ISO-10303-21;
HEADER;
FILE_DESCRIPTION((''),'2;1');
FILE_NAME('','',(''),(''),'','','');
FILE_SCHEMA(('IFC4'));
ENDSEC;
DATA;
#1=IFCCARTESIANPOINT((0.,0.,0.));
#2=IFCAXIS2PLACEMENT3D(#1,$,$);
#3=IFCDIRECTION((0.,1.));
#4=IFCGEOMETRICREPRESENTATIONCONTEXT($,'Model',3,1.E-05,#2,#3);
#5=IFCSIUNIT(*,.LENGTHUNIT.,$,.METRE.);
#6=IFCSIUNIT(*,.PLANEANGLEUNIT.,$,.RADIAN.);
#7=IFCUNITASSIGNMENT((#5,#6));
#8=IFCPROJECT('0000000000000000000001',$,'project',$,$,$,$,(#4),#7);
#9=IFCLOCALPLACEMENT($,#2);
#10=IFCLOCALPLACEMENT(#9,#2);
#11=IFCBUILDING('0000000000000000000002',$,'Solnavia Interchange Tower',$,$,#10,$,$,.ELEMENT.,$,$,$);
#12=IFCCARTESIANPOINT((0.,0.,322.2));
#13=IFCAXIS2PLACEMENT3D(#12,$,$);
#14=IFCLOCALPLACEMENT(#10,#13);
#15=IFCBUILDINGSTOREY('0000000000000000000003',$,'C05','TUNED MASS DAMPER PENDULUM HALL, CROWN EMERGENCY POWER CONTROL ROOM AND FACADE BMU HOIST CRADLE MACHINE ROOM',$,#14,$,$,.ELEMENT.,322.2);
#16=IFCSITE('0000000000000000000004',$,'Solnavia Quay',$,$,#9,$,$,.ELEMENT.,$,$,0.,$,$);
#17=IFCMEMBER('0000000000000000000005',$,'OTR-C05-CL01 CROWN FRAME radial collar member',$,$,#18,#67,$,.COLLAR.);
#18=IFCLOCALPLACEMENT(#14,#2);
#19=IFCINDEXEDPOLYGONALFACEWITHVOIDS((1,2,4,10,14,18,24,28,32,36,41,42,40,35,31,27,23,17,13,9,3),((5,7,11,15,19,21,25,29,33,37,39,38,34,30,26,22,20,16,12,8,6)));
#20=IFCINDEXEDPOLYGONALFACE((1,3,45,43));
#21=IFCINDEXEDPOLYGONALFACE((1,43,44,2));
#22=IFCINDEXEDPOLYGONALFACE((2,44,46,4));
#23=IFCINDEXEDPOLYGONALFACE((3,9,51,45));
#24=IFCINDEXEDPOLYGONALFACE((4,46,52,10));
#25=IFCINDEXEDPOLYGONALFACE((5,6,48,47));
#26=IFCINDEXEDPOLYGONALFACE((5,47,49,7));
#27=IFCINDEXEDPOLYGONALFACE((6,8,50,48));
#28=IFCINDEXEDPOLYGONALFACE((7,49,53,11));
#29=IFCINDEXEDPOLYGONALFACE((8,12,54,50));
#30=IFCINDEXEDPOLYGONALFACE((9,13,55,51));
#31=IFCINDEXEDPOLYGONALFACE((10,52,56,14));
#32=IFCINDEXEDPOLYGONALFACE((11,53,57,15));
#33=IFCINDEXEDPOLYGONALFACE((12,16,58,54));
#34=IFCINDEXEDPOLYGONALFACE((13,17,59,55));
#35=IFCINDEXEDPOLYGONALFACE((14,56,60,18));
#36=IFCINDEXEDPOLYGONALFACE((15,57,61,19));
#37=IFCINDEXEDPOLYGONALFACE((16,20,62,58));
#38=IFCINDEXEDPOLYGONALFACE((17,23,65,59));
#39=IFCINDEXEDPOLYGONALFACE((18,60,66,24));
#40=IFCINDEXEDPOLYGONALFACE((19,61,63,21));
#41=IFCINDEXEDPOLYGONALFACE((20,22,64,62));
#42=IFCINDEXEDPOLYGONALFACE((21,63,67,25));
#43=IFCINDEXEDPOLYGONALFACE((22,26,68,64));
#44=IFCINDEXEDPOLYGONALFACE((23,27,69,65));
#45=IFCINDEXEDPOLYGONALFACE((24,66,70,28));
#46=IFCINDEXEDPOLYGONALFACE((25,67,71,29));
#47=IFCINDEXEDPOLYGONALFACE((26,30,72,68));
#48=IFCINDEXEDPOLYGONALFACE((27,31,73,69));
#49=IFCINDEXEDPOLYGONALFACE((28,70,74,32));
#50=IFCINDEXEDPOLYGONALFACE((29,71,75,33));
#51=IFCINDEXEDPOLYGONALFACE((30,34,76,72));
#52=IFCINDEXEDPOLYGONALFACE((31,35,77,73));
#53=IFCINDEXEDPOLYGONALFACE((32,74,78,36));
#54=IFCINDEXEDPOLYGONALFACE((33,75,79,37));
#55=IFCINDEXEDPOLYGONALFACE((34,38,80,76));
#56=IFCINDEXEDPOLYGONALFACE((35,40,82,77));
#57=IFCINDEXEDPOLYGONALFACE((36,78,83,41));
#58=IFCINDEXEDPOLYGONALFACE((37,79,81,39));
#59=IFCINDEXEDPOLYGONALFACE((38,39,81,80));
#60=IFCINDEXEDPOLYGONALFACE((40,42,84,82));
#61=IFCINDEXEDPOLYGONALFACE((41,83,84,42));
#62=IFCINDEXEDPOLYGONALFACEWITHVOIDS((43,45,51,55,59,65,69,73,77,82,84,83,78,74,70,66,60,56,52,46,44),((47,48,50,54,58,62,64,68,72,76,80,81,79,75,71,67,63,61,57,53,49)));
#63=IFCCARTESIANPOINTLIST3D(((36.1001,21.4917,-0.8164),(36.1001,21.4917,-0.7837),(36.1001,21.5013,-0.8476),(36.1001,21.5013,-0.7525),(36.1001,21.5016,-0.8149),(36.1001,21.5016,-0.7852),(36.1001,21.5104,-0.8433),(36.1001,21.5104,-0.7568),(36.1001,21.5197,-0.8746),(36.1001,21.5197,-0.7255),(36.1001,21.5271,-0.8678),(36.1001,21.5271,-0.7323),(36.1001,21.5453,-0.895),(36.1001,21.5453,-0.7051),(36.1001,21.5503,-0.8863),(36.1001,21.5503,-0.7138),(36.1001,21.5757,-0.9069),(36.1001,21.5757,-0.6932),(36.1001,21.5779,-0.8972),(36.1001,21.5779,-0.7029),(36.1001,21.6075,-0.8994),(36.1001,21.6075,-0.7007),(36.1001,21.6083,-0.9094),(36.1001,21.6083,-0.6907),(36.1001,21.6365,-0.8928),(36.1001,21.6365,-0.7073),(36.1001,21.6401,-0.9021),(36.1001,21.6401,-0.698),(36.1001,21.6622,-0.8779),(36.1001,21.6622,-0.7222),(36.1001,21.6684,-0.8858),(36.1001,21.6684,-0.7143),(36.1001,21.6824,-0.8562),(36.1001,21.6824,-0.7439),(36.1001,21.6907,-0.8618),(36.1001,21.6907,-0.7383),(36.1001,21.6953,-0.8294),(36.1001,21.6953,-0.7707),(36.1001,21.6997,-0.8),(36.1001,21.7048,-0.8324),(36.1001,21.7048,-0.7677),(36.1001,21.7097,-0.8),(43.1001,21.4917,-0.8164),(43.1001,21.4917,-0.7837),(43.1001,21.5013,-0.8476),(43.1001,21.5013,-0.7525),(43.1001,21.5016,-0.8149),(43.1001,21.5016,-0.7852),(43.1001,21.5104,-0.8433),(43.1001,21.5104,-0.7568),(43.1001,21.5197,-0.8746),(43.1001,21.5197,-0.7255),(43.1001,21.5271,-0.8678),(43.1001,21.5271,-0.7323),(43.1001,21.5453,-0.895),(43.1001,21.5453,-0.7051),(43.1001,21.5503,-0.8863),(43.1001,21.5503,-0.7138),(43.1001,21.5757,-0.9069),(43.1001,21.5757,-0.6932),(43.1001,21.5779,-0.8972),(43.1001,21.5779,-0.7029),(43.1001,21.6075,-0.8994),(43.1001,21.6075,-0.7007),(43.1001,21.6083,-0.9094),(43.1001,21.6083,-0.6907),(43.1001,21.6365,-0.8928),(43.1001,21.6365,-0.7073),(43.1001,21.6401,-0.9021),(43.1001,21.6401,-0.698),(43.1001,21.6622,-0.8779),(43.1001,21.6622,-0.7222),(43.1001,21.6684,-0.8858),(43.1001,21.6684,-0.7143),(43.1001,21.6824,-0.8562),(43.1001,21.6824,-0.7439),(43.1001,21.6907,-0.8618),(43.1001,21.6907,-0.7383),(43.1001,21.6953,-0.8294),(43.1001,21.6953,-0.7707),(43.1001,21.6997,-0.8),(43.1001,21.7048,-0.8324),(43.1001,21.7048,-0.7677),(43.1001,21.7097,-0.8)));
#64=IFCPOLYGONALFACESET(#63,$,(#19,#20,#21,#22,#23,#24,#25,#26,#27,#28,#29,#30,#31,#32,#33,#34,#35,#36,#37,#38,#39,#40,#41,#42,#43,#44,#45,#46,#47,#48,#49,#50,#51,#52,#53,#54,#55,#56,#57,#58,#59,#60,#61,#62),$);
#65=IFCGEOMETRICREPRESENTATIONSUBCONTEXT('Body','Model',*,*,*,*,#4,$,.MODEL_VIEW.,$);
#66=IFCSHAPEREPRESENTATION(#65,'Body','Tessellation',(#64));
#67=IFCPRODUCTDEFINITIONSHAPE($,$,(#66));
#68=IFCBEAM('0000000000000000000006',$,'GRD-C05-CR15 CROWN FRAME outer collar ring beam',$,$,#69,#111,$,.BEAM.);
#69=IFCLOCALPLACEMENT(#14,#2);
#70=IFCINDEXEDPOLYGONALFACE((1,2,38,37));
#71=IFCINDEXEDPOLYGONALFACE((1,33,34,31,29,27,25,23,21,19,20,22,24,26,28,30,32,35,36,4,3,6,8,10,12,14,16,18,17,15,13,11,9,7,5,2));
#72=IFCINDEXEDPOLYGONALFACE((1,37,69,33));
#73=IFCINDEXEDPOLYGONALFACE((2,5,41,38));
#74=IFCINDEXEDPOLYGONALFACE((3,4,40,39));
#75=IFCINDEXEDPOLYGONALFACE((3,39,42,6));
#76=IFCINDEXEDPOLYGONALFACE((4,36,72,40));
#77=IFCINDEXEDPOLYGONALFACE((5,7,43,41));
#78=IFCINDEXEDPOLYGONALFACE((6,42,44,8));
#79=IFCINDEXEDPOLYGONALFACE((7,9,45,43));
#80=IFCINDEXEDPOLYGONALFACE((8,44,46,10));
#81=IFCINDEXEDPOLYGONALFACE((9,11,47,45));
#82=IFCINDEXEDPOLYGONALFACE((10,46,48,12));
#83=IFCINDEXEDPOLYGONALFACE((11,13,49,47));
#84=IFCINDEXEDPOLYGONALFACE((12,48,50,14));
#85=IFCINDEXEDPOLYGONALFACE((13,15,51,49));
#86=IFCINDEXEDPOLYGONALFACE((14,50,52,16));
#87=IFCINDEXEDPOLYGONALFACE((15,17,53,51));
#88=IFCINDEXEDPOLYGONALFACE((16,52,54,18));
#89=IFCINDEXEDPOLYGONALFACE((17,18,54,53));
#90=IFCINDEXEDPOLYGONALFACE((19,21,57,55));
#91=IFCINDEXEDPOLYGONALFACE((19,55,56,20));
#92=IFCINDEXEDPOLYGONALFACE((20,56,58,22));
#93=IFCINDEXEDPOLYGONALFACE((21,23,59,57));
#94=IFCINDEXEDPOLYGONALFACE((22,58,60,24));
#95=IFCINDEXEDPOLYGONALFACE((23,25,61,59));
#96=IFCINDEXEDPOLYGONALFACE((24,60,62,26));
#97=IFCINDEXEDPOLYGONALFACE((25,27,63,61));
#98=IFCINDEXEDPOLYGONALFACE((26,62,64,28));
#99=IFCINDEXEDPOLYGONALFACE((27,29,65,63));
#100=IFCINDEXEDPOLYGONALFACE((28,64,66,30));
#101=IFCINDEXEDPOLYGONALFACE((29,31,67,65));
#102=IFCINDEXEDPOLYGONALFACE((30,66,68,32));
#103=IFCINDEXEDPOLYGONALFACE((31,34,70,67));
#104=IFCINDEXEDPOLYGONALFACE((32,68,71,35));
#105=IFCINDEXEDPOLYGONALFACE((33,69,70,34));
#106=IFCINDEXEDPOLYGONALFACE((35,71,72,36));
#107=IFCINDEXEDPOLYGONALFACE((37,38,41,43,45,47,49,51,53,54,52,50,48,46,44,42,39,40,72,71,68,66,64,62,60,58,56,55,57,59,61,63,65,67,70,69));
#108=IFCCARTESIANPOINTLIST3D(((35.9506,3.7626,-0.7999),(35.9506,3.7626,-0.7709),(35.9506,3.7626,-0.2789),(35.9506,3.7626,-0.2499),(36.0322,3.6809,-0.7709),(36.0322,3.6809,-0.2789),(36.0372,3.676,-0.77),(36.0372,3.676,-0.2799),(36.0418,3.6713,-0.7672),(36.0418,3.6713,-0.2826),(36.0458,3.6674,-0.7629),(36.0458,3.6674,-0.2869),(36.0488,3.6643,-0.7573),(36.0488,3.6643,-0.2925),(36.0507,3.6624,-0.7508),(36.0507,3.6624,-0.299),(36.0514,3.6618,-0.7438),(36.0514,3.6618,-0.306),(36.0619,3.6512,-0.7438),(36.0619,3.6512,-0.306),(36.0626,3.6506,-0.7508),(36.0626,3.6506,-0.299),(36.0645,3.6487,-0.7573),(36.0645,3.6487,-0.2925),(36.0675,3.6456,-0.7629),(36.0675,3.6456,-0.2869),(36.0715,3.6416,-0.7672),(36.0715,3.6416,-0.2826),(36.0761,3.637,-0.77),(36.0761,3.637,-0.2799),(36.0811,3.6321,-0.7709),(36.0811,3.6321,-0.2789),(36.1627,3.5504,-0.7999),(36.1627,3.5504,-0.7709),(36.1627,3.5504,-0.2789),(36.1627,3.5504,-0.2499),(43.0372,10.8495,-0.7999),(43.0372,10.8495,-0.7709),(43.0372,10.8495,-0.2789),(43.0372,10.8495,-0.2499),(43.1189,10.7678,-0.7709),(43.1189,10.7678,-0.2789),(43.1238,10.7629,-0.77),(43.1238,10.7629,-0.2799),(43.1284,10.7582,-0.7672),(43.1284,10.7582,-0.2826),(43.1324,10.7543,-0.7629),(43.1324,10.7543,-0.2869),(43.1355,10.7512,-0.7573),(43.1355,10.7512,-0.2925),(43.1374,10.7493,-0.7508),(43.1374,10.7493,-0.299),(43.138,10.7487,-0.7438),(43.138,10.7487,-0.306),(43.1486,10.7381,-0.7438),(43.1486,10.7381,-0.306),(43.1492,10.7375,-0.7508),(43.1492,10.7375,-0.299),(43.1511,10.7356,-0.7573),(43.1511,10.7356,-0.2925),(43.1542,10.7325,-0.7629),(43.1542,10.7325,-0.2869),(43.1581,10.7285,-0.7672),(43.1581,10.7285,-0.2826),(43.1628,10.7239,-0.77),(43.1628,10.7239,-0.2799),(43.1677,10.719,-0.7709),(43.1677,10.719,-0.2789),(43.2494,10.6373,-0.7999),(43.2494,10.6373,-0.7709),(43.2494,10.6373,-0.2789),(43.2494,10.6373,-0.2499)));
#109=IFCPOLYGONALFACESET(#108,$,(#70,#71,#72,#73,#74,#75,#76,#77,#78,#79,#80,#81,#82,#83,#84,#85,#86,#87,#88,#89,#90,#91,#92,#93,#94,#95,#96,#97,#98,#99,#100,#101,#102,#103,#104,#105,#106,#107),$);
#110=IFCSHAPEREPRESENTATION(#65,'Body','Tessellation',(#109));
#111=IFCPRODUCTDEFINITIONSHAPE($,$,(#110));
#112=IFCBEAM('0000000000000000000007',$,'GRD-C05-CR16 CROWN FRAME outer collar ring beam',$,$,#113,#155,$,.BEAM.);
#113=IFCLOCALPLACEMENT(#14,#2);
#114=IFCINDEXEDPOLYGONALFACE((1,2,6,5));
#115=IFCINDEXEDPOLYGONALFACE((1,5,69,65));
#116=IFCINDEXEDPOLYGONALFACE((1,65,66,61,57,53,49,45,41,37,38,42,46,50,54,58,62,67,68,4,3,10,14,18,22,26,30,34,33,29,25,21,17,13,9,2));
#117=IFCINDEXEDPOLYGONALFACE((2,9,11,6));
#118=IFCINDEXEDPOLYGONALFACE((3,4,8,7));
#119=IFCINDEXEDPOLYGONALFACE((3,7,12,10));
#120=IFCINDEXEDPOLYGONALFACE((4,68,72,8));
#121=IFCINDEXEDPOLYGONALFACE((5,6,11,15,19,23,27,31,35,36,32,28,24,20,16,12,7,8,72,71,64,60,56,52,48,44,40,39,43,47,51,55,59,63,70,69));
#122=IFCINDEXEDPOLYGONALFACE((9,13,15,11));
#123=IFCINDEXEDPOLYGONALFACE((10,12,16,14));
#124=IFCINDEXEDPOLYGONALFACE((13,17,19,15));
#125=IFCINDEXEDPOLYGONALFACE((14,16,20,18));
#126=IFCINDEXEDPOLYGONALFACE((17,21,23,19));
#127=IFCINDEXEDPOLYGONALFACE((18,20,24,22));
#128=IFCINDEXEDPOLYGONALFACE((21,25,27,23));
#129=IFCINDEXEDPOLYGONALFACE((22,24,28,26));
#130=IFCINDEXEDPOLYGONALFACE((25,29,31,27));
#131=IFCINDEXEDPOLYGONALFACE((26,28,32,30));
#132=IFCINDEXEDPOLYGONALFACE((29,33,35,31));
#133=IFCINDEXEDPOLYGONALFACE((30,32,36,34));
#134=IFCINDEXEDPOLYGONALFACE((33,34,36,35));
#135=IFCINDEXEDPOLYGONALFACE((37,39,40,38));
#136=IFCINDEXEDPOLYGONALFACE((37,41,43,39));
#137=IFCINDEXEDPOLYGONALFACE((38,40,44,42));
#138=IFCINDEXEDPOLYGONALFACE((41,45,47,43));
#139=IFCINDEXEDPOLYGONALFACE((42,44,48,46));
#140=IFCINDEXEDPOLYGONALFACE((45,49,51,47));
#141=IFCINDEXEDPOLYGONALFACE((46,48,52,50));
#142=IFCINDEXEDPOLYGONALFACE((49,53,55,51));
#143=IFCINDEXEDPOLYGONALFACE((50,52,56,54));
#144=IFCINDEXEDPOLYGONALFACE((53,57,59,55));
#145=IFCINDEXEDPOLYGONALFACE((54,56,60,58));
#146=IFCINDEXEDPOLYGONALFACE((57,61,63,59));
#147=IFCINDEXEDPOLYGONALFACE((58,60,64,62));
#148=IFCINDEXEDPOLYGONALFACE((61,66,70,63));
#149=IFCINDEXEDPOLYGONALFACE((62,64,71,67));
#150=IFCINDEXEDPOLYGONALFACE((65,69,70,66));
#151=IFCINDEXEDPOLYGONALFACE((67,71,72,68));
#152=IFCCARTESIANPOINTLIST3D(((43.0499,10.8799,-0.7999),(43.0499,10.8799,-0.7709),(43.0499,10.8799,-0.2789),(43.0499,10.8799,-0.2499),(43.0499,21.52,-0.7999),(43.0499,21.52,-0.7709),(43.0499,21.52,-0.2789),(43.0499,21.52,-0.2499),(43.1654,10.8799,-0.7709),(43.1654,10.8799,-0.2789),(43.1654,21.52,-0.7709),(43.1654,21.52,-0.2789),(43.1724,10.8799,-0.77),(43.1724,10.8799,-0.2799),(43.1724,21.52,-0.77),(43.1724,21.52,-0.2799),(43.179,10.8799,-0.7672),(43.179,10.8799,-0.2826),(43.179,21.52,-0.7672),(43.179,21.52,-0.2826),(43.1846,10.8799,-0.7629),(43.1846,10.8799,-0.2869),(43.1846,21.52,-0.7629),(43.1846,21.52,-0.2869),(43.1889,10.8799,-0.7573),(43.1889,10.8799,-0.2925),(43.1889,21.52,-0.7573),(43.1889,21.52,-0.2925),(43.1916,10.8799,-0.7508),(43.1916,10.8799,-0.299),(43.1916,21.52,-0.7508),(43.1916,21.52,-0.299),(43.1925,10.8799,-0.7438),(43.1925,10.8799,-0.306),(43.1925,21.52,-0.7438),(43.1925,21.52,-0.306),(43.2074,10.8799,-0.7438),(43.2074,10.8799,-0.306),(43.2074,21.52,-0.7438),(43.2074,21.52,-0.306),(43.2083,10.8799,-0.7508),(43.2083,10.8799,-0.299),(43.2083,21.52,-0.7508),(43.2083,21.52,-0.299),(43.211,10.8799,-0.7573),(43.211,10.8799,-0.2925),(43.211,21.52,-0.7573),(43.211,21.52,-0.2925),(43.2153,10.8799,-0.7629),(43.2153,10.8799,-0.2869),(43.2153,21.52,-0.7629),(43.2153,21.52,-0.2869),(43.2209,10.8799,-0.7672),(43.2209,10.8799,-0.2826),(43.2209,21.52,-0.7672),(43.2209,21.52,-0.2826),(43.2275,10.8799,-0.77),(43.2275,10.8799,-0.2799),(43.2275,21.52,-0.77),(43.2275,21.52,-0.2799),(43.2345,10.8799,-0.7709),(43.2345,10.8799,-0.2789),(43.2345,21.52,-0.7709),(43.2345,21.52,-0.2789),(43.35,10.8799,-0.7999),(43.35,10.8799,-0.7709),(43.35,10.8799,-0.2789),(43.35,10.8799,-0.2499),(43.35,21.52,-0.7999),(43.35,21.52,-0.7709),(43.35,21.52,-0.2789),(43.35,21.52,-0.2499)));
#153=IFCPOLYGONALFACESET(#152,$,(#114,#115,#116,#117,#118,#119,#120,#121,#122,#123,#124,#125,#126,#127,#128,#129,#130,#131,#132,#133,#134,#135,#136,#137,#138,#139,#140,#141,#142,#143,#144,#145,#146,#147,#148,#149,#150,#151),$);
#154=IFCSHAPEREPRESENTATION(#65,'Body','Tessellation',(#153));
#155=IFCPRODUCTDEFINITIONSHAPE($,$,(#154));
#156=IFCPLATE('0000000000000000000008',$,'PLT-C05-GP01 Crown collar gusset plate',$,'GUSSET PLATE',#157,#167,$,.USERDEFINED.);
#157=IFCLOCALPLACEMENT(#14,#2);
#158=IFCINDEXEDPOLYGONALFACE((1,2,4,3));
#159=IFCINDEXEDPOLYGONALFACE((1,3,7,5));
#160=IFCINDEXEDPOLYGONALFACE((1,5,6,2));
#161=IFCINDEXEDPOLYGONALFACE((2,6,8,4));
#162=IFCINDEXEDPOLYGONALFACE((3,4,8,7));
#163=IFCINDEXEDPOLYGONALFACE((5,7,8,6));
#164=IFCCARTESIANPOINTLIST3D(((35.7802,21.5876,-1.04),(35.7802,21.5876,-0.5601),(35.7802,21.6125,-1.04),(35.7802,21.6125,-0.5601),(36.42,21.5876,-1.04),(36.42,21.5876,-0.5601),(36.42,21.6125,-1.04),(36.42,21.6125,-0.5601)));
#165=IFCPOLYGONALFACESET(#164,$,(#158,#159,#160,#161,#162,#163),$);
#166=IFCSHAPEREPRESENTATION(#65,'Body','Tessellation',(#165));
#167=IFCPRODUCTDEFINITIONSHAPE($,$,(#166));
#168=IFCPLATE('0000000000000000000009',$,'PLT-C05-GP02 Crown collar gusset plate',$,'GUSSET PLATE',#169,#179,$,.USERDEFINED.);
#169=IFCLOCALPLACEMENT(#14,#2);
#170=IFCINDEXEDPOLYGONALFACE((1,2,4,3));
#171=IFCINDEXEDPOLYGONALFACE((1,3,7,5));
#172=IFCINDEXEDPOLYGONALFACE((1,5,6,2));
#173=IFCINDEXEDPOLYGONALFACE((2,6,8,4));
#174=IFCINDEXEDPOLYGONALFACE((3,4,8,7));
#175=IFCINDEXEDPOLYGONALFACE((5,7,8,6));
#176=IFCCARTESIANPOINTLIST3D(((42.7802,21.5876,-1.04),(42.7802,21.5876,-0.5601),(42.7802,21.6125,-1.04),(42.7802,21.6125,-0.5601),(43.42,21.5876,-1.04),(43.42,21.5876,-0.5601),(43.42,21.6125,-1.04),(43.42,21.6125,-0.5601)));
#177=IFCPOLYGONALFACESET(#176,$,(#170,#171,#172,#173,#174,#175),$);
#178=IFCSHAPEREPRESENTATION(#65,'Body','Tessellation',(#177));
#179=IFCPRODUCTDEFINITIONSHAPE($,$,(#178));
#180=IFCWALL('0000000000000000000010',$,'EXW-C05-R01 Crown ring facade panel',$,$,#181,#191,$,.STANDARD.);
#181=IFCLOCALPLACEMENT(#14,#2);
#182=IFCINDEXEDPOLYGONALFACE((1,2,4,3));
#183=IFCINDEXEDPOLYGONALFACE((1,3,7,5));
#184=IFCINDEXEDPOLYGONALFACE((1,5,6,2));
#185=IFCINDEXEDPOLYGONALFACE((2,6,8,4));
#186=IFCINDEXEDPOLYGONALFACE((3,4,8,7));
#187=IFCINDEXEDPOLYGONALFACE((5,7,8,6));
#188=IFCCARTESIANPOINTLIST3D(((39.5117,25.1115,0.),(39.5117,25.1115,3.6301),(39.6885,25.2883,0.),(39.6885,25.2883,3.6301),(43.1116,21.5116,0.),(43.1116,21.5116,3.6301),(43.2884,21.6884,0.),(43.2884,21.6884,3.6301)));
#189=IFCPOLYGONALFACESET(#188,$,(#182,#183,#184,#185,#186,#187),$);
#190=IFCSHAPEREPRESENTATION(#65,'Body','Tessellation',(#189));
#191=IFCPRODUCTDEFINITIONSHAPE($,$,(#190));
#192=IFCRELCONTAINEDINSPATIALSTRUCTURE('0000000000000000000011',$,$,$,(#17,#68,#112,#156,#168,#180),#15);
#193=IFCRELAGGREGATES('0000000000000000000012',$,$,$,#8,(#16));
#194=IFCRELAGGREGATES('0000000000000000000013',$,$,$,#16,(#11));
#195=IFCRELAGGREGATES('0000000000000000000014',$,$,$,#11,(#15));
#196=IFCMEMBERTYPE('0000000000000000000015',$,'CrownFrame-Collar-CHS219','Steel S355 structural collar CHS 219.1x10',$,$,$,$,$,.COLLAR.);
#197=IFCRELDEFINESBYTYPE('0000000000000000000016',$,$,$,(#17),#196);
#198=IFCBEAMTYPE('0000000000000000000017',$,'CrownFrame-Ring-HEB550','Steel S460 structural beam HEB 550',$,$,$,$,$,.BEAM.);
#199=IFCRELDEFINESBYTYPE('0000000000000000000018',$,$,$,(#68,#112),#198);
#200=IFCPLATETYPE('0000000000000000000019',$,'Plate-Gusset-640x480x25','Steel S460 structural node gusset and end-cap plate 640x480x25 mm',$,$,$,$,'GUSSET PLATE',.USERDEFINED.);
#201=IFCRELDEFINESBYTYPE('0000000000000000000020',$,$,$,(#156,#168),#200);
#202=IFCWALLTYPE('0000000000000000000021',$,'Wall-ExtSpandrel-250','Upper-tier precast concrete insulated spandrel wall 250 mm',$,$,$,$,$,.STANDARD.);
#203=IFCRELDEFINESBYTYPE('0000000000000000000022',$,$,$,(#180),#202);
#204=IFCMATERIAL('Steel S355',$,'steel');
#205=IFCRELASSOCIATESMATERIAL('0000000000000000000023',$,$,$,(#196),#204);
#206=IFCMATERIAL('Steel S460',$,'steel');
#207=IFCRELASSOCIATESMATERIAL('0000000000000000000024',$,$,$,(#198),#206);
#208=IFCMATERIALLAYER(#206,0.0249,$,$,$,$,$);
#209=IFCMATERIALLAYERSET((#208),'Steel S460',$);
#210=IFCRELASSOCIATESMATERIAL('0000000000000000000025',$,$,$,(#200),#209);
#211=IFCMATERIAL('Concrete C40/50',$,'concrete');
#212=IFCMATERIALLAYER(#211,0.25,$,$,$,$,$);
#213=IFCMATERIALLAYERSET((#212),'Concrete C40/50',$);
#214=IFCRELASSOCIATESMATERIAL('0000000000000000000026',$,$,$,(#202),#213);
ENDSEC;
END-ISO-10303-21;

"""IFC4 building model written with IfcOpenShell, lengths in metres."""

from ifc_helpers import new_model, si_unit, direction, frame, frame_2d, origin, origin_2d, place, context, subcontext, project, spatial, rectangle, hollow_circle, i_section, extrude, material, layer, layer_set, material_profile, profile_set, type_object, element, save


model = new_model("IFC4")

# Units and contexts
model_context = context("Model", 3, precision=1e-05, world=origin(), true_north=direction((0.0, 1.0)))
body_context = subcontext(model_context, "Body", "Model", "MODEL_VIEW")
ifc_project = project(units=[si_unit("LENGTHUNIT", "METRE"), si_unit("PLANEANGLEUNIT", "RADIAN")], contexts=[model_context])

# Site, building, storey
site_placement = place(None, origin())
site = spatial("IfcSite", under=ifc_project, at=site_placement, Name="Solnavia Quay", CompositionType="ELEMENT", RefElevation=0.0)
building_placement = place(site_placement, origin())
building = spatial("IfcBuilding", under=site, at=building_placement, Name="Solnavia Interchange Tower", CompositionType="ELEMENT")
storey_placement = place(building_placement, frame((0.0, 0.0, 322.2)))
storey = spatial("IfcBuildingStorey", under=building, at=storey_placement, Name="C05", Description="TUNED MASS DAMPER PENDULUM HALL, CROWN EMERGENCY POWER CONTROL ROOM AND FACADE BMU HOIST CRADLE MACHINE ROOM", CompositionType="ELEMENT", Elevation=322.2)

# Shared definitions
ifc_material_1 = material(Name="Steel S460", Category="steel")

# Member
ifc_material_2 = material(Name="Steel S355", Category="steel")
ifc_material_profile_1 = material_profile(ifc_material_2, hollow_circle(Radius=0.1096, WallThickness=0.01, at=origin_2d()), Name="CHS 219.1x10")
ifc_profile_set_1 = profile_set([ifc_material_profile_1], Name="Steel S355")
member_type = type_object("IfcMemberType", Name="CrownFrame-Collar-CHS219", Description="Steel S355 structural collar CHS 219.1x10", PredefinedType="COLLAR", material=ifc_profile_set_1)
member_placement = place(storey_placement, frame((36.1001, 21.6001, -0.8), z_axis=(1.0, 0.0, 0.0), x_axis=(0.0, 1.0, 0.0)))
element("IfcMember", 1, at=member_placement, inside=storey, type_object=member_type, Name="OTR-C05-CL01 CROWN FRAME radial collar member", PredefinedType="COLLAR", context=body_context, shape_type="SweptSolid", body=[
    extrude(hollow_circle(Radius=0.1096, WallThickness=0.01, at=origin_2d()), origin(), (0.0, 0.0, 1.0), 7.0),
])

# Beams
ifc_material_profile_2 = material_profile(ifc_material_1, i_section(OverallWidth=0.3, OverallDepth=0.55, WebThickness=0.0149, FlangeThickness=0.0291, FilletRadius=0.0271, at=origin_2d()), Name="HEB 550")
ifc_profile_set_2 = profile_set([ifc_material_profile_2], Name="Steel S460")
beam_type = type_object("IfcBeamType", Name="CrownFrame-Ring-HEB550", Description="Steel S460 structural beam HEB 550", PredefinedType="BEAM", material=ifc_profile_set_2)
beam_1_placement = place(storey_placement, frame((36.0566, 3.6565, -0.5249), z_axis=(0.707095, 0.707119, 0.0), x_axis=(-0.707119, 0.707095, 0.0)))
element("IfcBeam", 2, at=beam_1_placement, inside=storey, type_object=beam_type, Name="GRD-C05-CR15 CROWN FRAME outer collar ring beam", PredefinedType="BEAM", context=body_context, shape_type="SweptSolid", body=[
    extrude(i_section(OverallWidth=0.3, OverallDepth=0.55, WebThickness=0.0149, FlangeThickness=0.0291, FilletRadius=0.0271, at=origin_2d()), origin(), (0.0, 0.0, 1.0), 10.0222),
])
beam_2_placement = place(storey_placement, frame((43.2, 10.8799, -0.5249), z_axis=(0.0, 1.0, 0.0), x_axis=(-1.0, 0.0, 0.0)))
element("IfcBeam", 3, at=beam_2_placement, inside=storey, type_object=beam_type, Name="GRD-C05-CR16 CROWN FRAME outer collar ring beam", PredefinedType="BEAM", context=body_context, shape_type="SweptSolid", body=[
    extrude(i_section(OverallWidth=0.3, OverallDepth=0.55, WebThickness=0.0149, FlangeThickness=0.0291, FilletRadius=0.0271, at=origin_2d()), origin(), (0.0, 0.0, 1.0), 10.6401),
])

# Plates
ifc_layer_1 = layer(ifc_material_1, 0.0249)
ifc_layer_set_1 = layer_set([ifc_layer_1], Name="Steel S460")
plate_type = type_object("IfcPlateType", Name="Plate-Gusset-640x480x25", Description="Steel S460 structural node gusset and end-cap plate 640x480x25 mm", ElementType="GUSSET PLATE", PredefinedType="USERDEFINED", material=ifc_layer_set_1)
for number, where, z_axis, x_axis, name in (
    (4, (36.1001, 21.6001, -1.04), (0.0, 0.0, 1.0), (1.0, 0.0, 0.0), "PLT-C05-GP01 Crown collar gusset plate"),
    (5, (43.1001, 21.6001, -1.04), (0.0, 0.0, 1.0), (1.0, 0.0, 0.0), "PLT-C05-GP02 Crown collar gusset plate"),
):
    element("IfcPlate", number, at=place(storey_placement, frame(where, z_axis=z_axis, x_axis=x_axis)), inside=storey, type_object=plate_type, Name=name, ObjectType="GUSSET PLATE", PredefinedType="USERDEFINED", context=body_context, shape_type="SweptSolid", body=[
        extrude(rectangle(XDim=0.6399, YDim=0.0249, at=origin_2d()), origin(), (0.0, 0.0, 1.0), 0.48),
    ])

# Wall
ifc_material_3 = material(Name="Concrete C40/50", Category="concrete")
ifc_layer_2 = layer(ifc_material_3, 0.25)
ifc_layer_set_2 = layer_set([ifc_layer_2], Name="Concrete C40/50")
wall_type = type_object("IfcWallType", Name="Wall-ExtSpandrel-250", Description="Upper-tier precast concrete insulated spandrel wall 250 mm", PredefinedType="STANDARD", material=ifc_layer_set_2)
wall_1_placement = place(storey_placement, frame((43.2, 21.6001, 0.0), z_axis=(0.0, 0.0, 1.0), x_axis=(-0.707107, 0.707107, 0.0)))
element("IfcWall", 6, at=wall_1_placement, inside=storey, type_object=wall_type, Name="EXW-C05-R01 Crown ring facade panel", PredefinedType="STANDARD", context=body_context, shape_type="SweptSolid", body=[
    extrude(rectangle(XDim=5.0911, YDim=0.25, at=frame_2d((2.5454, 0.0))), origin(), (0.0, 0.0, 1.0), 3.6301),
])

save(model, "model.ifc")
